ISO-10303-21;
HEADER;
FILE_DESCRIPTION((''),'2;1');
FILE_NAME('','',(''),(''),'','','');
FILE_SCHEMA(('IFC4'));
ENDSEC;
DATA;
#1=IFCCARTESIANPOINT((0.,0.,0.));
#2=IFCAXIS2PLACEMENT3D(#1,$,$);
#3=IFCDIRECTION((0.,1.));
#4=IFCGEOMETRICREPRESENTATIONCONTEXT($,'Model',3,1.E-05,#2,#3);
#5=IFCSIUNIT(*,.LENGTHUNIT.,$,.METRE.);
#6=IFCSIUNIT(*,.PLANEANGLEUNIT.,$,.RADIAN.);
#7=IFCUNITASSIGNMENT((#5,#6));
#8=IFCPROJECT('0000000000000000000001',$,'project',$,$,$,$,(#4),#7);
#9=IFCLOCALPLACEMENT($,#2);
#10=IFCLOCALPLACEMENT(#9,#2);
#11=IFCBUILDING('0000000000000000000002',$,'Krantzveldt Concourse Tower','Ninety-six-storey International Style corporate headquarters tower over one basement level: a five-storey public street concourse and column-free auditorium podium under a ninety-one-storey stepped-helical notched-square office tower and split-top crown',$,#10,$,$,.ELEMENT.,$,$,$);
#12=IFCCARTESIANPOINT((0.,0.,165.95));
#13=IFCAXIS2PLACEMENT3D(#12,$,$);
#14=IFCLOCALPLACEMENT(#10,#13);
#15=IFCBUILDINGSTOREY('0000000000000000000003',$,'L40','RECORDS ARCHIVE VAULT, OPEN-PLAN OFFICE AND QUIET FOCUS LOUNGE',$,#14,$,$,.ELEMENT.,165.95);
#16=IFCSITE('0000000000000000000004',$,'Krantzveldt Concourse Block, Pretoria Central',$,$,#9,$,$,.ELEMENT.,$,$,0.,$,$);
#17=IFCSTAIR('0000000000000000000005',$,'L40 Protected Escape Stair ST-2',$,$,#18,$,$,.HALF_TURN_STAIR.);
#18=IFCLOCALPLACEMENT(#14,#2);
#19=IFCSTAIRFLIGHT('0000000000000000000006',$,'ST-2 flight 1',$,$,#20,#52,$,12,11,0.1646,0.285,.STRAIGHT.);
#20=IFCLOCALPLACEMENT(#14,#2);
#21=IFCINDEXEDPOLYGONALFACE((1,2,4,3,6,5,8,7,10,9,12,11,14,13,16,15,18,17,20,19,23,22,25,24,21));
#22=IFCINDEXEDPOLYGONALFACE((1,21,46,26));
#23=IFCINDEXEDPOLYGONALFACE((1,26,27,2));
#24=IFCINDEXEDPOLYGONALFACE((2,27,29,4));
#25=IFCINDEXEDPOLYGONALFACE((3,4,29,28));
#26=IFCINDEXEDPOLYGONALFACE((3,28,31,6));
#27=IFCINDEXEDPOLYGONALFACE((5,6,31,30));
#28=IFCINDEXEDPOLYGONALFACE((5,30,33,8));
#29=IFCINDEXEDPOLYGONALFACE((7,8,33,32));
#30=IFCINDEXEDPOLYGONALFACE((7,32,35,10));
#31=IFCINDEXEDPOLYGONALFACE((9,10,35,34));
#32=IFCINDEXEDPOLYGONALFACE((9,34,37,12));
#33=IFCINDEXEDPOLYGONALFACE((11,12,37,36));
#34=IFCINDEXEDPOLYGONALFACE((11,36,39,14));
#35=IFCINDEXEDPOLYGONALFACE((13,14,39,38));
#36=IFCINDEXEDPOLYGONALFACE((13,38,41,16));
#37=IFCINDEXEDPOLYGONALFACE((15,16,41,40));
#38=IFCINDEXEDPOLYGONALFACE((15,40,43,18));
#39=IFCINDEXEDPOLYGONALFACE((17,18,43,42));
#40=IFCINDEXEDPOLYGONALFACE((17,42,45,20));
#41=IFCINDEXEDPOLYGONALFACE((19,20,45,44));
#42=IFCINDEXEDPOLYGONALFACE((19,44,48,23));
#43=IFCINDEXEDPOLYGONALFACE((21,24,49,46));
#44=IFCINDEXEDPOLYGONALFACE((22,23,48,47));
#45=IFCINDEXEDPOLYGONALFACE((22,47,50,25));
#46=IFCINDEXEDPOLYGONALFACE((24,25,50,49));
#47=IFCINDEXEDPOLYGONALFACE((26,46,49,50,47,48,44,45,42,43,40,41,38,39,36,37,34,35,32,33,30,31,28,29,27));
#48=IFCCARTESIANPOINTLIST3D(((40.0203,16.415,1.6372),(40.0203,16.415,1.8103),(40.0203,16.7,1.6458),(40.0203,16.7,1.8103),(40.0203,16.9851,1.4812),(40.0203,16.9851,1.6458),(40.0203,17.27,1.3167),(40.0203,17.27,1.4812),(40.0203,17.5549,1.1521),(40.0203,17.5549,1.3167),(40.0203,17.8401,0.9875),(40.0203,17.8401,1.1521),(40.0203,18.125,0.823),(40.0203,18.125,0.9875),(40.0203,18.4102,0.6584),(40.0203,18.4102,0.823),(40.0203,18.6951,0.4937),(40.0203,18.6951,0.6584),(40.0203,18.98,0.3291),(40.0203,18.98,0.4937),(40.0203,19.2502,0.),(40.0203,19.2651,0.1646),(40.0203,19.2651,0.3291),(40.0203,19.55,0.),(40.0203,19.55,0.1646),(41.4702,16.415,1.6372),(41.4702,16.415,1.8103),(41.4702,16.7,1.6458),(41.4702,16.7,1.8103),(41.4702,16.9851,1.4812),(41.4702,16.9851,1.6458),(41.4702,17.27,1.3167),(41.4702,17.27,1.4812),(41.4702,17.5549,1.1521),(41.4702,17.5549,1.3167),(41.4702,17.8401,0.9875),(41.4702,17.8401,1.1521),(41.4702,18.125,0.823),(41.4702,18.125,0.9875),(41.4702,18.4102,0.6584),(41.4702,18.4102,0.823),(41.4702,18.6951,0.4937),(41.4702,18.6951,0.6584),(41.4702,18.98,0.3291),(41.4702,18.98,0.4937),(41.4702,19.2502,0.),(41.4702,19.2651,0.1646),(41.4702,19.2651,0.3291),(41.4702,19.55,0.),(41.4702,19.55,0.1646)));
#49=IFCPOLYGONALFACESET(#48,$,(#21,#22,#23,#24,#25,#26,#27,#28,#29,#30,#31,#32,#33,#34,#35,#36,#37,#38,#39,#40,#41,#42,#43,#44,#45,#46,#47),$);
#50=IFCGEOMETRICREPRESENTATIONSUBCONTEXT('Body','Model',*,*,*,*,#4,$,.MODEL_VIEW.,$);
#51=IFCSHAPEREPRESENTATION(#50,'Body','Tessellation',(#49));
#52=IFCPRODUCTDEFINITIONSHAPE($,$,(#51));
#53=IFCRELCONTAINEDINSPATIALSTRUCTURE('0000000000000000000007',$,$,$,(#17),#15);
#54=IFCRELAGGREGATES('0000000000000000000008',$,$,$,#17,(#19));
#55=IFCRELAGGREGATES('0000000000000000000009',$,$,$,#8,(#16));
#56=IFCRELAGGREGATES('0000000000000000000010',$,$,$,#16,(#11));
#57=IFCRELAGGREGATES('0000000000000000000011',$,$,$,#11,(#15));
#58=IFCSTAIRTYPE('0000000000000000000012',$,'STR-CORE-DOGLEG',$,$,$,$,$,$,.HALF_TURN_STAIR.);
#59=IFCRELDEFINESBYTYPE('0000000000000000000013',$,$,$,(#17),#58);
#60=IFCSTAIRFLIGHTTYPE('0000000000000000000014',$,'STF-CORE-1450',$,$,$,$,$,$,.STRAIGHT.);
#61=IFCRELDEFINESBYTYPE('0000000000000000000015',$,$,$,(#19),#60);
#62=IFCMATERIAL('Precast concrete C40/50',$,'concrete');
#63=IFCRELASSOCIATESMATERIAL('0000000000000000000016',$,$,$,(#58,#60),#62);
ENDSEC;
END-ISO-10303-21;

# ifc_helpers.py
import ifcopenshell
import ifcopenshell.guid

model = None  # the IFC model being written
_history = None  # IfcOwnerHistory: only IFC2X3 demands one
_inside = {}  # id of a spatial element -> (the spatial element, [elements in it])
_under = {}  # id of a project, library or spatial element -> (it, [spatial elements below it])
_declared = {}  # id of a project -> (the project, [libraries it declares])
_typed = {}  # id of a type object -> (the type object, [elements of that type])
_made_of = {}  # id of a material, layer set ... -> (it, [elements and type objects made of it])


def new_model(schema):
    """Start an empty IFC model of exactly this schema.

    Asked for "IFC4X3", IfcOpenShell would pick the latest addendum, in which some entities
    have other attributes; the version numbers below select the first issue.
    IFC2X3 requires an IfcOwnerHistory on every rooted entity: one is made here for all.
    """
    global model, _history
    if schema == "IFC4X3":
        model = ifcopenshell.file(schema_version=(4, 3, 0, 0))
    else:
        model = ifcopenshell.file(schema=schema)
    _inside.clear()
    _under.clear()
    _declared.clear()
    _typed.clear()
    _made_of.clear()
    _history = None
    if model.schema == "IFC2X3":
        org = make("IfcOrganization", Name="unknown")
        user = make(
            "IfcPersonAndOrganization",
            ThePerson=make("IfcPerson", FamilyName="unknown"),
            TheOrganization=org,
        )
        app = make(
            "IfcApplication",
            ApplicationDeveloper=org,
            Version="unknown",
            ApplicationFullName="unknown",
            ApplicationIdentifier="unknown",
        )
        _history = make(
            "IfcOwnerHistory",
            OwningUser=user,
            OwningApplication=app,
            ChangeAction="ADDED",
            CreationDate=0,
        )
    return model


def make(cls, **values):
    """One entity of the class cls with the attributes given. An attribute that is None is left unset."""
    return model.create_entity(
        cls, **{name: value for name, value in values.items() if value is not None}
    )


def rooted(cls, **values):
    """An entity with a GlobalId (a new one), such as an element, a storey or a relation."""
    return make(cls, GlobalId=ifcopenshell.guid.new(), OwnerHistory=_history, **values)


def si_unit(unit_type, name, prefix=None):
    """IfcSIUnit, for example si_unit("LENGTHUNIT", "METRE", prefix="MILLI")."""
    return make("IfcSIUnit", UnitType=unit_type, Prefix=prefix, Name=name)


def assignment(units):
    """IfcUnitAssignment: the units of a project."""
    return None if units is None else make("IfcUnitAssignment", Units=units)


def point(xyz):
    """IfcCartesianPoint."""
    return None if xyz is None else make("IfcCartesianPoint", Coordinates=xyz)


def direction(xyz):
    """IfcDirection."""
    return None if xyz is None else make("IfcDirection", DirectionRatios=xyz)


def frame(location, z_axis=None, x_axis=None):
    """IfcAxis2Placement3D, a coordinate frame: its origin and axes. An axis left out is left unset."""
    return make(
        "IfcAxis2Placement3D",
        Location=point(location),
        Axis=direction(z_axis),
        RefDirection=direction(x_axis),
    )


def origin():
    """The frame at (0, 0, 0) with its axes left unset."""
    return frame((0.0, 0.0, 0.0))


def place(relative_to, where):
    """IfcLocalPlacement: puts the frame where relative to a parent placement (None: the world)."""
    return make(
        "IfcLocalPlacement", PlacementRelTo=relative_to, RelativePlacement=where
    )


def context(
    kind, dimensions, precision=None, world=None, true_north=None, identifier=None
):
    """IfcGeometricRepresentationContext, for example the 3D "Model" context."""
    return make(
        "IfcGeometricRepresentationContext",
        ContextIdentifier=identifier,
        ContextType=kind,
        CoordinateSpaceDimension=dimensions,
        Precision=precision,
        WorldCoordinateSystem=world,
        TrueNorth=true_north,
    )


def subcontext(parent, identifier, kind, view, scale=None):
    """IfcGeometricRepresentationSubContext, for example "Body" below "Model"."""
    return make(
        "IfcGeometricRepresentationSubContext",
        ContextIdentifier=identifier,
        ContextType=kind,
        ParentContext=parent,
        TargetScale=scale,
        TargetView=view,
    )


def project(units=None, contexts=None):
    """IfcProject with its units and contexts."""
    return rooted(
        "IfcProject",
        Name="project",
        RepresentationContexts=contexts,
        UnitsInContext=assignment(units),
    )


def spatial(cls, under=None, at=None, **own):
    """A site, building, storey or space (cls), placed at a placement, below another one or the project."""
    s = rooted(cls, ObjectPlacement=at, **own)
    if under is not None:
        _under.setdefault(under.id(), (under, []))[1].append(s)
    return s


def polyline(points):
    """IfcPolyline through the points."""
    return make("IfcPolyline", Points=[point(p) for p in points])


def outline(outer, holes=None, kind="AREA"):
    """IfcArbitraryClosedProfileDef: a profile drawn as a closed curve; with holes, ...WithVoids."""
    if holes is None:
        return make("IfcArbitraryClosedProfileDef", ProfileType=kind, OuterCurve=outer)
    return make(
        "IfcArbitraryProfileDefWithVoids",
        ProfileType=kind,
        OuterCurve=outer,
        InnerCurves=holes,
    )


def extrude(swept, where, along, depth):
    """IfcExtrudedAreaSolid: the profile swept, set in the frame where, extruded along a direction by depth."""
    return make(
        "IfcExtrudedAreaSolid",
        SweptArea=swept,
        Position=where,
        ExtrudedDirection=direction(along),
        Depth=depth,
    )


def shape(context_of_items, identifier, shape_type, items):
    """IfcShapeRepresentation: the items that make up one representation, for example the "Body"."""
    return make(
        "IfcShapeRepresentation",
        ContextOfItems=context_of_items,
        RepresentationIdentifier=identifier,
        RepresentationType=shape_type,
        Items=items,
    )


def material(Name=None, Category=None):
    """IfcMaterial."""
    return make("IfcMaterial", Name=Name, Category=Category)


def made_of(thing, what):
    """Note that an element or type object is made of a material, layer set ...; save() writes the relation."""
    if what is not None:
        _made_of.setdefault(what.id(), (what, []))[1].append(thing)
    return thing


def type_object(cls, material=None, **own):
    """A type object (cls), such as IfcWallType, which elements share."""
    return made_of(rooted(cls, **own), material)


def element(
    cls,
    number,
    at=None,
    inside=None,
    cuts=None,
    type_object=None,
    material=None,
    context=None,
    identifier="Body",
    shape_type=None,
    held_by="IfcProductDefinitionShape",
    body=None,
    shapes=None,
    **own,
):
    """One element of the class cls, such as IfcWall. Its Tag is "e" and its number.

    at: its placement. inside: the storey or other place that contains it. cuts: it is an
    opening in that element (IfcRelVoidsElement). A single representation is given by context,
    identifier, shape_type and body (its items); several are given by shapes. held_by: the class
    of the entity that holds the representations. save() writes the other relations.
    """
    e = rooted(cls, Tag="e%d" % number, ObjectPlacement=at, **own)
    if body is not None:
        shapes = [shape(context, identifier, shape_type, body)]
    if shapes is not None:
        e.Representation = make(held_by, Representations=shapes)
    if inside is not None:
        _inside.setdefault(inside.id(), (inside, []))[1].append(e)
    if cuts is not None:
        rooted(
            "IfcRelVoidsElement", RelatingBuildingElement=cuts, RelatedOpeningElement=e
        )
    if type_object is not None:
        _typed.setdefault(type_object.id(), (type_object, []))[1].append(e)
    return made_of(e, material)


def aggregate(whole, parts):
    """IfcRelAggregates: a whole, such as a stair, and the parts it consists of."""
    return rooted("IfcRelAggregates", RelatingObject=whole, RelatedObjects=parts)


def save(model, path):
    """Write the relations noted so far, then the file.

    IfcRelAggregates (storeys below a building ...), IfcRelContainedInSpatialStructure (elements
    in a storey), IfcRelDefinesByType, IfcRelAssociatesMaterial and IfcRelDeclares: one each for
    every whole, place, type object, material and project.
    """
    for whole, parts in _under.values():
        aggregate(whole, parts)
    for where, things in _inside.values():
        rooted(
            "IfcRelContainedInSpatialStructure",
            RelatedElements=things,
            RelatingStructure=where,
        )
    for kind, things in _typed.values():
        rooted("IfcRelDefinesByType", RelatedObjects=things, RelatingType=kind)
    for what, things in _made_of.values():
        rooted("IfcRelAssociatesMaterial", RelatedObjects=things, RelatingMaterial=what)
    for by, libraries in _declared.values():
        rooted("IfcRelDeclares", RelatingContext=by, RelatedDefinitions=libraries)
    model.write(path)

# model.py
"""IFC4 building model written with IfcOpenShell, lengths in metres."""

from ifc_helpers import new_model, si_unit, direction, frame, origin, place, context, subcontext, project, spatial, polyline, outline, extrude, material, type_object, element, aggregate, save


model = new_model("IFC4")

# Units and contexts
model_context = context("Model", 3, precision=1e-05, world=origin(), true_north=direction((0.0, 1.0)))
body_context = subcontext(model_context, "Body", "Model", "MODEL_VIEW")
ifc_project = project(units=[si_unit("LENGTHUNIT", "METRE"), si_unit("PLANEANGLEUNIT", "RADIAN")], contexts=[model_context])

# Site, building, storey
site_placement = place(None, origin())
site = spatial("IfcSite", under=ifc_project, at=site_placement, Name="Krantzveldt Concourse Block, Pretoria Central", CompositionType="ELEMENT", RefElevation=0.0)
building_placement = place(site_placement, origin())
building = spatial("IfcBuilding", under=site, at=building_placement, Name="Krantzveldt Concourse Tower", Description="Ninety-six-storey International Style corporate headquarters tower over one basement level: a five-storey public street concourse and column-free auditorium podium under a ninety-one-storey stepped-helical notched-square office tower and split-top crown", CompositionType="ELEMENT")
storey_placement = place(building_placement, frame((0.0, 0.0, 165.95)))
storey = spatial("IfcBuildingStorey", under=building, at=storey_placement, Name="L40", Description="RECORDS ARCHIVE VAULT, OPEN-PLAN OFFICE AND QUIET FOCUS LOUNGE", CompositionType="ELEMENT", Elevation=165.95)

# Stair, stair flight
ifc_material_1 = material(Name="Precast concrete C40/50", Category="concrete")
stair_type = type_object("IfcStairType", Name="STR-CORE-DOGLEG", PredefinedType="HALF_TURN_STAIR", material=ifc_material_1)
stair_placement = place(storey_placement, origin())
stair = element("IfcStair", 1, at=stair_placement, inside=storey, type_object=stair_type, Name="L40 Protected Escape Stair ST-2", PredefinedType="HALF_TURN_STAIR")
stair_flight_type = type_object("IfcStairFlightType", Name="STF-CORE-1450", PredefinedType="STRAIGHT", material=ifc_material_1)
stair_flight_placement = place(storey_placement, frame((40.7451, 19.55, 0.0), z_axis=(0.0, 0.0, 1.0), x_axis=(0.0, -1.0, 0.0)))
stair_flight = element("IfcStairFlight", 2, at=stair_flight_placement, type_object=stair_flight_type, Name="ST-2 flight 1", NumberOfRisers=12, NumberOfTreads=11, PredefinedType="STRAIGHT", RiserHeight=0.1646, TreadLength=0.285, context=body_context, shape_type="SweptSolid", body=[
    extrude(outline(polyline([(0.0, 0.0), (0.0, 0.1646), (0.2849, 0.1646), (0.2849, 0.3291), (0.5701, 0.3291), (0.5701, 0.4937), (0.855, 0.4937), (0.855, 0.6584), (1.1399, 0.6584), (1.1399, 0.823), (1.425, 0.823), (1.425, 0.9875), (1.71, 0.9875), (1.71, 1.1521), (1.9951, 1.1521), (1.9951, 1.3167), (2.28, 1.3167), (2.28, 1.4812), (2.5649, 1.4812), (2.5649, 1.6458), (2.8501, 1.6458), (2.8501, 1.8103), (3.135, 1.8103), (3.135, 1.9751), (3.135, 1.6372), (0.2998, 0.0), (0.0, 0.0)])), frame((0.0, 0.7251, 0.0), z_axis=(0.0, -1.0, 0.0), x_axis=(1.0, 0.0, 0.0)), (0.0, 0.0, 1.0), 1.45),
])
aggregate(stair, [stair_flight])

save(model, "model.ifc")
